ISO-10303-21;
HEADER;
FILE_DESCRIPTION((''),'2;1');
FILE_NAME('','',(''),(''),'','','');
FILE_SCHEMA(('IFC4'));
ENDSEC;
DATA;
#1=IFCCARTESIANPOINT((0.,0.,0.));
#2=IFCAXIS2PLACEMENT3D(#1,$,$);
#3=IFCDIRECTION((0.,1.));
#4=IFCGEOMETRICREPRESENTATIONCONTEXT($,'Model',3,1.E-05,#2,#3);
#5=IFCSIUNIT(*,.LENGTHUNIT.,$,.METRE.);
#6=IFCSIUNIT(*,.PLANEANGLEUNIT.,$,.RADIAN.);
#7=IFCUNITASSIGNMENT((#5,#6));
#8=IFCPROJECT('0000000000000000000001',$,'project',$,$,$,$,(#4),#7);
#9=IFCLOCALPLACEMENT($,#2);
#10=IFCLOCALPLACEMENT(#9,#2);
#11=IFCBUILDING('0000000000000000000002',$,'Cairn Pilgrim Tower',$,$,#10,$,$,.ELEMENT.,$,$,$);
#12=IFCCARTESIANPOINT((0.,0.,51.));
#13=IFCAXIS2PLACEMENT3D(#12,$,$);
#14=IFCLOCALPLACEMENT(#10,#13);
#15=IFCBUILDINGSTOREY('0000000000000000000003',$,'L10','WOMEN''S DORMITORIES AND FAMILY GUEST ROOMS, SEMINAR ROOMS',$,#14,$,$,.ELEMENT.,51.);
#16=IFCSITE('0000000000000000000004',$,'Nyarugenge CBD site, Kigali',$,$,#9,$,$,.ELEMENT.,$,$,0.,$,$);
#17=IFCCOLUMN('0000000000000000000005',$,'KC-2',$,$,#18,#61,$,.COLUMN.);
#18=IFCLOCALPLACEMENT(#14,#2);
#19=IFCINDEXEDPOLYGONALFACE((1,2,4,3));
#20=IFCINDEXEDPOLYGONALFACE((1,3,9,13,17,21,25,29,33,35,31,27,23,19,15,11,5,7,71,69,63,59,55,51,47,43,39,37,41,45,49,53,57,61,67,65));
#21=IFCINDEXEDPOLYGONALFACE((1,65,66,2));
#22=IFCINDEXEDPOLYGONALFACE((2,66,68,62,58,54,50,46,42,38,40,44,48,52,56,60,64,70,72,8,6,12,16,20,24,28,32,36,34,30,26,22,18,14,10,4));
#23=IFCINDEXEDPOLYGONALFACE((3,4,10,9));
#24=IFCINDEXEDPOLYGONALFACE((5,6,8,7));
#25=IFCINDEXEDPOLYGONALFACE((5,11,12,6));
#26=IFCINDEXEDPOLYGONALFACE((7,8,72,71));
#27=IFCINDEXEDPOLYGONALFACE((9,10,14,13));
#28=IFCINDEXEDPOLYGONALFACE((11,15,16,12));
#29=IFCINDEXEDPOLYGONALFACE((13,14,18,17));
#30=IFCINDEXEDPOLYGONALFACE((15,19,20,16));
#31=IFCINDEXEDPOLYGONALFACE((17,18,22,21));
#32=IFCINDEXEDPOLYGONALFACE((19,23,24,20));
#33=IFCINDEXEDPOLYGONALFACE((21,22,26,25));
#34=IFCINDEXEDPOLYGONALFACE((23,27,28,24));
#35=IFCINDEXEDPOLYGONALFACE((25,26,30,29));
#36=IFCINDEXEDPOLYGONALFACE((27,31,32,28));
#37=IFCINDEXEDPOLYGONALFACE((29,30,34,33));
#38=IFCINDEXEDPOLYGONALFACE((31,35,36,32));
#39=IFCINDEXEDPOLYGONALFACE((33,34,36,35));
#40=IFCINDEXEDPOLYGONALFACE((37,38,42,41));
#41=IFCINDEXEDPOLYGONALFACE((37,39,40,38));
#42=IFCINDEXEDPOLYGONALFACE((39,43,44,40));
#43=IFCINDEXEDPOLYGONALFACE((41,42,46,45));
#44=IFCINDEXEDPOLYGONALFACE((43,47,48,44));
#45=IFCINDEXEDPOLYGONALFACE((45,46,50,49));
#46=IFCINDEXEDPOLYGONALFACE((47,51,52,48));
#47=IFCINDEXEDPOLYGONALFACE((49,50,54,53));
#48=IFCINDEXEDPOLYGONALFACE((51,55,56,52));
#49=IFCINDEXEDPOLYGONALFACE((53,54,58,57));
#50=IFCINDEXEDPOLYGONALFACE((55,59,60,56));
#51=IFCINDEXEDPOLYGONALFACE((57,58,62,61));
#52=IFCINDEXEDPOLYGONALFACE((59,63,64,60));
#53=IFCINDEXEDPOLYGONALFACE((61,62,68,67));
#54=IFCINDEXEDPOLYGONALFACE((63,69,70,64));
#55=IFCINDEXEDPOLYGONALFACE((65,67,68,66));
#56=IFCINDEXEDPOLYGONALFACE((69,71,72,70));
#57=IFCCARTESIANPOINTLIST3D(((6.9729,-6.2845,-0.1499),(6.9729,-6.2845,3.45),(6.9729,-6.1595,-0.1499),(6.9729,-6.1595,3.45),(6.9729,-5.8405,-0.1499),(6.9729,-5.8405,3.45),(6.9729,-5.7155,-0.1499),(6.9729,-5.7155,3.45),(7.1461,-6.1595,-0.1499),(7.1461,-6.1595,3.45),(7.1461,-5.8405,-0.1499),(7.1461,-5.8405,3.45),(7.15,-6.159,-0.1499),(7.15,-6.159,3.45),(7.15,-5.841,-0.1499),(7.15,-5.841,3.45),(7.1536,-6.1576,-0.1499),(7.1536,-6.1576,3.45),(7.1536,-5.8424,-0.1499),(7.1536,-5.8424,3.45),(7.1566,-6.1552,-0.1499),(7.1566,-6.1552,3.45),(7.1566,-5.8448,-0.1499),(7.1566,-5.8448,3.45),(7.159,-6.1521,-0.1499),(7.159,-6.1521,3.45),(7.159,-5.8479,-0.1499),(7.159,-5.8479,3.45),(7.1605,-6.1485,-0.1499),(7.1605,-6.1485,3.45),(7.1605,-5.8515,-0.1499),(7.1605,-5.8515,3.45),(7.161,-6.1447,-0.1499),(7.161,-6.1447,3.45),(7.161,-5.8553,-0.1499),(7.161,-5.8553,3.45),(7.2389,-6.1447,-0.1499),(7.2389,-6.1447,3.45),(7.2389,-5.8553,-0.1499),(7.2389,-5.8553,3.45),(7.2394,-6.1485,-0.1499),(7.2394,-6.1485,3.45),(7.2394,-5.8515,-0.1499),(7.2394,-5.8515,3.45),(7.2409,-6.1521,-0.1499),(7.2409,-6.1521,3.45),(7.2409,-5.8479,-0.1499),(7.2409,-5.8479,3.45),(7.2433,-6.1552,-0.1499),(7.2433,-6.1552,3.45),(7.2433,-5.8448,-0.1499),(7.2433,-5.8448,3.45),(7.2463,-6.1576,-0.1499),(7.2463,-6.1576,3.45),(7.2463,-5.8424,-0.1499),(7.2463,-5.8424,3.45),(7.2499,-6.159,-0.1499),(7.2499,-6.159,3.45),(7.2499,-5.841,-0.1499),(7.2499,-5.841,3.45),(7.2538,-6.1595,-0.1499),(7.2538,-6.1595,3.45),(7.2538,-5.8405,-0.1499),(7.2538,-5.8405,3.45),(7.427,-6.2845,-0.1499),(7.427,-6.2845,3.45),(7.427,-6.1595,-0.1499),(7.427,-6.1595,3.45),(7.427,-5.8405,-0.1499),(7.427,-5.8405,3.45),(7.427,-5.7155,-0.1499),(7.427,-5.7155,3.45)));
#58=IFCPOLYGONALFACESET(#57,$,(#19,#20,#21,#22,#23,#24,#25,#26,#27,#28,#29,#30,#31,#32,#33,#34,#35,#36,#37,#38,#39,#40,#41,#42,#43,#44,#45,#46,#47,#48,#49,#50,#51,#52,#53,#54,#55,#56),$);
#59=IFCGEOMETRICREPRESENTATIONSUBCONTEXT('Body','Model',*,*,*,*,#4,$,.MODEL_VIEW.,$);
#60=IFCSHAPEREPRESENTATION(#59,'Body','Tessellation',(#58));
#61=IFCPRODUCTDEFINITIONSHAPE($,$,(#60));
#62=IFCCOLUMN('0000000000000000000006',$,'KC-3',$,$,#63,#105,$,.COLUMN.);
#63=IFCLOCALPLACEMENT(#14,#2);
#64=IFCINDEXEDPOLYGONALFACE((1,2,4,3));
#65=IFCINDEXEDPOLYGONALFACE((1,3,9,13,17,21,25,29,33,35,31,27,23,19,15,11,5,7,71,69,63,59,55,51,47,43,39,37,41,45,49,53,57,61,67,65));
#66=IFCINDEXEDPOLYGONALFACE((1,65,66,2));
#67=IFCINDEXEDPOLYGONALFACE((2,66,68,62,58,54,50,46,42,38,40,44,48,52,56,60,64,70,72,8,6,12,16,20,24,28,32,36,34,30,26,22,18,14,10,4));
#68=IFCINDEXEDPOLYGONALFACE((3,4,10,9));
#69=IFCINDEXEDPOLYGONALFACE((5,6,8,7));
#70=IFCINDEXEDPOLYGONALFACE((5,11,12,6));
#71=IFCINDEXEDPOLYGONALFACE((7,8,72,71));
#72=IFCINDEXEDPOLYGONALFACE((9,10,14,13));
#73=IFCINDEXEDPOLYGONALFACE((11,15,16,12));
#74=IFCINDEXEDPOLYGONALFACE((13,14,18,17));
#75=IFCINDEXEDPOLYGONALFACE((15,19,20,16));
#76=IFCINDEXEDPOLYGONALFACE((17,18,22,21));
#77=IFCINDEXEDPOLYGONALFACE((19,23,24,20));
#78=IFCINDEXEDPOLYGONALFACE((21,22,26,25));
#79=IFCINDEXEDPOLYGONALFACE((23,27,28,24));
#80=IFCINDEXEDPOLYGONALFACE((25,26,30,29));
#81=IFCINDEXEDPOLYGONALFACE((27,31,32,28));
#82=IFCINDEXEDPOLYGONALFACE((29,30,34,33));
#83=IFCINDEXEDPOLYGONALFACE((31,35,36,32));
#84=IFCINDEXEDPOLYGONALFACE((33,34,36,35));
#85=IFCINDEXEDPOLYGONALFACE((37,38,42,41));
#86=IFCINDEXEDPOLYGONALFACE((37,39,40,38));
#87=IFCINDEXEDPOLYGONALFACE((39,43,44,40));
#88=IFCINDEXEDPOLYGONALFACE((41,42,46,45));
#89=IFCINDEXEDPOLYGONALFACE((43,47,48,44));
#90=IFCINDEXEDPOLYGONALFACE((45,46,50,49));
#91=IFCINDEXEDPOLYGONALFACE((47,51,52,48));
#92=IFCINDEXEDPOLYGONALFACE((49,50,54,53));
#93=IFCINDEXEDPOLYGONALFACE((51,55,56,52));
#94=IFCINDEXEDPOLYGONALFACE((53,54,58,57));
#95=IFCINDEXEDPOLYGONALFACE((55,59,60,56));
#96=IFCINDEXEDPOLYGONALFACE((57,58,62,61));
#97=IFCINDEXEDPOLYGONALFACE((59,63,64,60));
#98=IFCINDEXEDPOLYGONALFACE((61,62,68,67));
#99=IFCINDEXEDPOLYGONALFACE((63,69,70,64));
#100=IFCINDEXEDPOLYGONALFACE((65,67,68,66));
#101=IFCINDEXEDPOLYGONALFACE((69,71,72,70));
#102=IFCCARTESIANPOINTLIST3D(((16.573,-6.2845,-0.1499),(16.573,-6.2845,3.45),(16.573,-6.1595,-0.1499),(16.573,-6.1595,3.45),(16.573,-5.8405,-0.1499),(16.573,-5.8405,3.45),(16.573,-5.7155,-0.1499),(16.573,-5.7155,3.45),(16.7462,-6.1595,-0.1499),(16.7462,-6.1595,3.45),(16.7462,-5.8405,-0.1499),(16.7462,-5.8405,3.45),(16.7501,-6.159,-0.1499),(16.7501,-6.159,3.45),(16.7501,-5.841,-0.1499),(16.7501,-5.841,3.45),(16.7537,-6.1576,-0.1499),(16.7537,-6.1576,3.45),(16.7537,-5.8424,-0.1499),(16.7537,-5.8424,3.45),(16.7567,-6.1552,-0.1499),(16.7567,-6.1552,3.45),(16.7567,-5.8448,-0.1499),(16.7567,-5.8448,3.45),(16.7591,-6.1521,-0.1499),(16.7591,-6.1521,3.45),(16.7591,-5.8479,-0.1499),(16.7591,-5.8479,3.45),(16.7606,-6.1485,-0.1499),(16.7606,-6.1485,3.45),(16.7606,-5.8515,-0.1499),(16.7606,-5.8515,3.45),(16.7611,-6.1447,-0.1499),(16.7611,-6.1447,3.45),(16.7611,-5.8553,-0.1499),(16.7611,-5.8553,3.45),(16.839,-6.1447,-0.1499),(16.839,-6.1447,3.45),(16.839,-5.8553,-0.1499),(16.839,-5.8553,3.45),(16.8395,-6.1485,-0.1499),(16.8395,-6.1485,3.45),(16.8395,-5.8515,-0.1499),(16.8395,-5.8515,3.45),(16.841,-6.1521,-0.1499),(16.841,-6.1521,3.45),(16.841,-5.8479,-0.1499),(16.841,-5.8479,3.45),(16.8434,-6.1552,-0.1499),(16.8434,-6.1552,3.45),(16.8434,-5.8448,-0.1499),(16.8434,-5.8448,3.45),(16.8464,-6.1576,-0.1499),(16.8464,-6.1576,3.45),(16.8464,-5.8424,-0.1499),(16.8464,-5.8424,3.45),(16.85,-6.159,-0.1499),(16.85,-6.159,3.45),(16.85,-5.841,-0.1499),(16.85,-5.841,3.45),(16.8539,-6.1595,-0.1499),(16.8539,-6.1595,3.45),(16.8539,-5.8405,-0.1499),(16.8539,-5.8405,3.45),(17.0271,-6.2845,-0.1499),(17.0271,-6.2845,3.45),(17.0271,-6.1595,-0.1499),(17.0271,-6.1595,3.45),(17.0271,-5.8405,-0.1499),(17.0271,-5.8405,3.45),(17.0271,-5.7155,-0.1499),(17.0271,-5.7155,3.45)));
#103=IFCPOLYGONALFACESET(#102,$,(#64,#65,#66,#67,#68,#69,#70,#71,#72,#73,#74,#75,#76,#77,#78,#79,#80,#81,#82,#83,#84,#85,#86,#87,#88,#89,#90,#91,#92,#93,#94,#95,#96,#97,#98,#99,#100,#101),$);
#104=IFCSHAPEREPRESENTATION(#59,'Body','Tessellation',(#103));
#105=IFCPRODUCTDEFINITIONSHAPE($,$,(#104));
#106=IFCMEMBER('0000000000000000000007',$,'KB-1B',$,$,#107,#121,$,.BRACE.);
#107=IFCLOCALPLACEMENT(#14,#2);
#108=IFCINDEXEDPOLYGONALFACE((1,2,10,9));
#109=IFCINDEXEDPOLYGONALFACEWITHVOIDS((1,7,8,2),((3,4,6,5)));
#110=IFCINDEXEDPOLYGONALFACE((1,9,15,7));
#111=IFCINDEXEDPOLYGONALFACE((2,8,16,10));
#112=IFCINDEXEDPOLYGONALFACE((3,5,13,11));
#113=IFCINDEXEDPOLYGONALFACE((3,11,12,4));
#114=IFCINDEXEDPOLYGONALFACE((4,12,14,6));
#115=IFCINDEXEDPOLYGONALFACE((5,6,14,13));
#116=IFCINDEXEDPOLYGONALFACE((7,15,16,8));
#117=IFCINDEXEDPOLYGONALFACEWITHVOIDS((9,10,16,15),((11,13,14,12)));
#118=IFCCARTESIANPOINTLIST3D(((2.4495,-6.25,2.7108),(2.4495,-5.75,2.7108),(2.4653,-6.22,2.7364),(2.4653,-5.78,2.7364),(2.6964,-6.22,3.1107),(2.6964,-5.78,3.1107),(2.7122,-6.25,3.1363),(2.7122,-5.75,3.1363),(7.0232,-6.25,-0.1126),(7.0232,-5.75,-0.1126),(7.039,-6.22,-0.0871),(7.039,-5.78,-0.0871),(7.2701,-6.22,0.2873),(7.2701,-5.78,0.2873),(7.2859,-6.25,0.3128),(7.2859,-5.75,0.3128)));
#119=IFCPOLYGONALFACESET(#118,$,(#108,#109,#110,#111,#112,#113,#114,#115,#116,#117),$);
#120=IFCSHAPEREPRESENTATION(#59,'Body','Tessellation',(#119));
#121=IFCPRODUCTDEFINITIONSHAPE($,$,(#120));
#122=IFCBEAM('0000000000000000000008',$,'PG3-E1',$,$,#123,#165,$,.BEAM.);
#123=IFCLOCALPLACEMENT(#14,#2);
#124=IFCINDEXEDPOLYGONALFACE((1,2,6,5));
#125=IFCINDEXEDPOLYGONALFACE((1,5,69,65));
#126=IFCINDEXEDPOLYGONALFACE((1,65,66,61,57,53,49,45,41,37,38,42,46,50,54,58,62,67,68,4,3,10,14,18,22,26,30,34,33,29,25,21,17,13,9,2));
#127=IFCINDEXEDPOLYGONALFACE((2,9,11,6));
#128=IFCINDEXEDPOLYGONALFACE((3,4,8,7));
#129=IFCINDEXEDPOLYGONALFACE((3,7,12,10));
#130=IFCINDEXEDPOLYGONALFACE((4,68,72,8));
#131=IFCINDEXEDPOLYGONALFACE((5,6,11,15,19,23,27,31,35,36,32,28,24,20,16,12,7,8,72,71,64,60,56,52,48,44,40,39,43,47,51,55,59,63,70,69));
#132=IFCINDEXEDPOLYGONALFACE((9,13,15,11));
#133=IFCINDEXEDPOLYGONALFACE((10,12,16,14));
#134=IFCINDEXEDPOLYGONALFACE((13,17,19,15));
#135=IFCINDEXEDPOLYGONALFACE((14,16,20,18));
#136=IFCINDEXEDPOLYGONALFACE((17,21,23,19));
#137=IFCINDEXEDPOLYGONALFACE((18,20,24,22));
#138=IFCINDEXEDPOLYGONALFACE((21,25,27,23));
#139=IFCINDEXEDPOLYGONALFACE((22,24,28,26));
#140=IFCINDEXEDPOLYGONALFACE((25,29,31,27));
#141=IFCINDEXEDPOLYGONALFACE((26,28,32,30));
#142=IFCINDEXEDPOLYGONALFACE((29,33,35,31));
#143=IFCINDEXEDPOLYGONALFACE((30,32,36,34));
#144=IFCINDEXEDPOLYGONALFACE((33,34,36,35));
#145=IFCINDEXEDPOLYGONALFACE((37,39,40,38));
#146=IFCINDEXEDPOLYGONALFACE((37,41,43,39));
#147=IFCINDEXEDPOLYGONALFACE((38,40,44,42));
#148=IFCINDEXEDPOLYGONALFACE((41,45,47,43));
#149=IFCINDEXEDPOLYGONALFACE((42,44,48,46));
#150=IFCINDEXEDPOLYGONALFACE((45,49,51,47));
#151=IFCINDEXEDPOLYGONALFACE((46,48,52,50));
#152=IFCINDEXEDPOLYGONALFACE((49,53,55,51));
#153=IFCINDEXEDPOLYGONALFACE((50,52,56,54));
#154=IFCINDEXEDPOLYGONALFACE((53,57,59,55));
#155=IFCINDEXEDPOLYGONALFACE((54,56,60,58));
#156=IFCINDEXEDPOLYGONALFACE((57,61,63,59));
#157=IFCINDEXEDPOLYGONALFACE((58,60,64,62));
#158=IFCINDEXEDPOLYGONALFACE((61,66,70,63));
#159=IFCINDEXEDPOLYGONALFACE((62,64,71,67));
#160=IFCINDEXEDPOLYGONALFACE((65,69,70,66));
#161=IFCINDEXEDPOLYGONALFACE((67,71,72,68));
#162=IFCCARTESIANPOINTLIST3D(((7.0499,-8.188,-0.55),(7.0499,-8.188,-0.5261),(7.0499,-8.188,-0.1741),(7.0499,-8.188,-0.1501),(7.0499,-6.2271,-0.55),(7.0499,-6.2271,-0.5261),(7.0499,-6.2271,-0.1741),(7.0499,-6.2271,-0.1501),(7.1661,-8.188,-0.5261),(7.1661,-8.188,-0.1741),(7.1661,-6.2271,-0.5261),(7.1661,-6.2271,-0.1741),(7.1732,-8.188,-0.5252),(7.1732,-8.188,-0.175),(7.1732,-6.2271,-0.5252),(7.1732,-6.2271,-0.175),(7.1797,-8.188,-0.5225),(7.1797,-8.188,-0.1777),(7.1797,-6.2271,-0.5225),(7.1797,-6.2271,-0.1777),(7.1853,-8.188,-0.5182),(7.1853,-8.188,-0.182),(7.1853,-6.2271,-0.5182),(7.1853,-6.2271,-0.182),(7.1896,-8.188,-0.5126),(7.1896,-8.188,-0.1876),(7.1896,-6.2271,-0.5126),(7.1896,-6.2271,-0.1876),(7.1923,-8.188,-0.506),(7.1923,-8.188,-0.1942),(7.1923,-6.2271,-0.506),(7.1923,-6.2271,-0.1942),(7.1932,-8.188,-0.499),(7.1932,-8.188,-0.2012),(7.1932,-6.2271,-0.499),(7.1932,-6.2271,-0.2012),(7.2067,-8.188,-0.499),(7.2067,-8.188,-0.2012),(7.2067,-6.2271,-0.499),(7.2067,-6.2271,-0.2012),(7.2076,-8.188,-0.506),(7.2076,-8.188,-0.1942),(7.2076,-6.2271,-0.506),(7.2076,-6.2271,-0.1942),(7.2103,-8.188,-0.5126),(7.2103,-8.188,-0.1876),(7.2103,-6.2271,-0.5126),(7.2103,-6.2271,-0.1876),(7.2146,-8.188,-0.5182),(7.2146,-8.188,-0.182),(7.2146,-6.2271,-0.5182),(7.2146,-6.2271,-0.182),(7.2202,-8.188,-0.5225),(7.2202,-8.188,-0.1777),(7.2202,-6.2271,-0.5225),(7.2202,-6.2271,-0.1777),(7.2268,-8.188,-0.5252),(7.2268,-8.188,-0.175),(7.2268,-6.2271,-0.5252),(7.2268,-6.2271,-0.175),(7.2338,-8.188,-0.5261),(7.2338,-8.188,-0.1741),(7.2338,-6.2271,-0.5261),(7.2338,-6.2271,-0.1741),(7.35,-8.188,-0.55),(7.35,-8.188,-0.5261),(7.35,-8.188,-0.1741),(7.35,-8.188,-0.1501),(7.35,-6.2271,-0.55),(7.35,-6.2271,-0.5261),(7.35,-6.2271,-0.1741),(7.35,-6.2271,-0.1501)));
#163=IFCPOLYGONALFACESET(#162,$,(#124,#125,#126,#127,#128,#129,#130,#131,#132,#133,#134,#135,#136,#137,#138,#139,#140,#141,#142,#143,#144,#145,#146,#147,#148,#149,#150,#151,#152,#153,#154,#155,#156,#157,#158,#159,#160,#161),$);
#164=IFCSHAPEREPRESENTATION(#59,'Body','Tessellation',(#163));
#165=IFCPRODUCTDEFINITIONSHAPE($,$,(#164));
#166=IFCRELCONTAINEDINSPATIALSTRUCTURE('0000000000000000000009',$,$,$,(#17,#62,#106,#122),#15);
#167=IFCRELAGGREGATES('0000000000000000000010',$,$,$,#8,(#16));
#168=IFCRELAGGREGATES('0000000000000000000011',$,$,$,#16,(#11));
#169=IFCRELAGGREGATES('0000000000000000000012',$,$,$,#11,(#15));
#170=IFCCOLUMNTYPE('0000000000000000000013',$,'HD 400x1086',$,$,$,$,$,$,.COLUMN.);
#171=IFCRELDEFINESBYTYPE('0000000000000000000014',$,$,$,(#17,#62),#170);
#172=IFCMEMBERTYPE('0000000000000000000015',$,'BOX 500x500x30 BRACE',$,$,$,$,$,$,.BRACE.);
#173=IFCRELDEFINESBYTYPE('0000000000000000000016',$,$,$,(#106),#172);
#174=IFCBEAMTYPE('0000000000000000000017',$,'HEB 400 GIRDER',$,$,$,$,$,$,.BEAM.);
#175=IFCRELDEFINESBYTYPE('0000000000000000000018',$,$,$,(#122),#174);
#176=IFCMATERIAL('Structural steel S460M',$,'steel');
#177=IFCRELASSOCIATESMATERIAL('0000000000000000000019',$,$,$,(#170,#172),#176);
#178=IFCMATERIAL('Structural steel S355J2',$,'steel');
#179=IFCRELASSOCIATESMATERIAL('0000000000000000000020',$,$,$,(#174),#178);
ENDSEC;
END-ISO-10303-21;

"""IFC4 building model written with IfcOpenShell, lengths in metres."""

from ifc_helpers import new_model, si_unit, direction, frame, origin, origin_2d, place, context, subcontext, project, spatial, hollow_rectangle, i_section, extrude, material, material_profile, profile_set, type_object, element, save


model = new_model("IFC4")

# Units and contexts
model_context = context("Model", 3, precision=1e-05, world=origin(), true_north=direction((0.0, 1.0)))
body_context = subcontext(model_context, "Body", "Model", "MODEL_VIEW")
ifc_project = project(units=[si_unit("LENGTHUNIT", "METRE"), si_unit("PLANEANGLEUNIT", "RADIAN")], contexts=[model_context])

# Site, building, storey
site_placement = place(None, origin())
site = spatial("IfcSite", under=ifc_project, at=site_placement, Name="Nyarugenge CBD site, Kigali", CompositionType="ELEMENT", RefElevation=0.0)
building_placement = place(site_placement, origin())
building = spatial("IfcBuilding", under=site, at=building_placement, Name="Cairn Pilgrim Tower", CompositionType="ELEMENT")
storey_placement = place(building_placement, frame((0.0, 0.0, 51.0)))
storey = spatial("IfcBuildingStorey", under=building, at=storey_placement, Name="L10", Description="WOMEN'S DORMITORIES AND FAMILY GUEST ROOMS, SEMINAR ROOMS", CompositionType="ELEMENT", Elevation=51.0)

# Columns
ifc_material_1 = material(Name="Structural steel S460M", Category="steel")
ifc_material_profile_1 = material_profile(ifc_material_1, i_section(OverallWidth=0.4541, OverallDepth=0.5691, WebThickness=0.0779, FlangeThickness=0.125, FilletRadius=0.0149, at=origin_2d()), Name="HD 400x1086")
ifc_profile_set_1 = profile_set([ifc_material_profile_1], Name="Structural steel S460M")
column_type = type_object("IfcColumnType", Name="HD 400x1086", PredefinedType="COLUMN", material=ifc_profile_set_1)
for number, where, z_axis, x_axis, name in (
    (1, (7.2, -6.0, -0.1499), (0.0, 0.0, 1.0), (1.0, 0.0, 0.0), "KC-2"),
    (2, (16.8, -6.0, -0.1499), (0.0, 0.0, 1.0), (1.0, 0.0, 0.0), "KC-3"),
):
    element("IfcColumn", number, at=place(storey_placement, frame(where, z_axis=z_axis, x_axis=x_axis)), inside=storey, type_object=column_type, Name=name, PredefinedType="COLUMN", context=body_context, shape_type="SweptSolid", body=[
        extrude(i_section(OverallWidth=0.4541, OverallDepth=0.5691, WebThickness=0.0779, FlangeThickness=0.125, FilletRadius=0.0149, at=origin_2d()), origin(), (0.0, 0.0, 1.0), 3.5999),
    ])

# Member
ifc_material_profile_2 = material_profile(ifc_material_1, hollow_rectangle(XDim=0.5, YDim=0.5, WallThickness=0.03, at=origin_2d()), Name="BOX 500x500x30")
ifc_profile_set_2 = profile_set([ifc_material_profile_2], Name="Structural steel S460M")
member_type = type_object("IfcMemberType", Name="BOX 500x500x30 BRACE", PredefinedType="BRACE", material=ifc_profile_set_2)
member_placement = place(storey_placement, frame((7.1545, -6.0, 0.1001), z_axis=(-0.85092, 0.0, 0.525296), x_axis=(0.0, -1.0, 0.0)))
element("IfcMember", 3, at=member_placement, inside=storey, type_object=member_type, Name="KB-1B", PredefinedType="BRACE", context=body_context, shape_type="SweptSolid", body=[
    extrude(hollow_rectangle(XDim=0.5, YDim=0.5, WallThickness=0.03, at=origin_2d()), origin(), (0.0, 0.0, 1.0), 5.375),
])

# Beam
ifc_material_2 = material(Name="Structural steel S355J2", Category="steel")
ifc_material_profile_3 = material_profile(ifc_material_2, i_section(OverallWidth=0.3, OverallDepth=0.3999, WebThickness=0.0134, FlangeThickness=0.0239, FilletRadius=0.0271, at=origin_2d()), Name="HEB 400")
ifc_profile_set_3 = profile_set([ifc_material_profile_3], Name="Structural steel S355J2")
beam_type_1 = type_object("IfcBeamType", Name="HEB 400 GIRDER", PredefinedType="BEAM", material=ifc_profile_set_3)
beam_1_placement = place(storey_placement, frame((7.2, -8.188, -0.3501), z_axis=(0.0, 1.0, 0.0), x_axis=(-1.0, 0.0, 0.0)))
element("IfcBeam", 4, at=beam_1_placement, inside=storey, type_object=beam_type_1, Name="PG3-E1", PredefinedType="BEAM", context=body_context, shape_type="SweptSolid", body=[
    extrude(i_section(OverallWidth=0.3, OverallDepth=0.3999, WebThickness=0.0134, FlangeThickness=0.0239, FilletRadius=0.0271, at=origin_2d()), origin(), (0.0, 0.0, 1.0), 1.9609),
])

save(model, "model.ifc")
